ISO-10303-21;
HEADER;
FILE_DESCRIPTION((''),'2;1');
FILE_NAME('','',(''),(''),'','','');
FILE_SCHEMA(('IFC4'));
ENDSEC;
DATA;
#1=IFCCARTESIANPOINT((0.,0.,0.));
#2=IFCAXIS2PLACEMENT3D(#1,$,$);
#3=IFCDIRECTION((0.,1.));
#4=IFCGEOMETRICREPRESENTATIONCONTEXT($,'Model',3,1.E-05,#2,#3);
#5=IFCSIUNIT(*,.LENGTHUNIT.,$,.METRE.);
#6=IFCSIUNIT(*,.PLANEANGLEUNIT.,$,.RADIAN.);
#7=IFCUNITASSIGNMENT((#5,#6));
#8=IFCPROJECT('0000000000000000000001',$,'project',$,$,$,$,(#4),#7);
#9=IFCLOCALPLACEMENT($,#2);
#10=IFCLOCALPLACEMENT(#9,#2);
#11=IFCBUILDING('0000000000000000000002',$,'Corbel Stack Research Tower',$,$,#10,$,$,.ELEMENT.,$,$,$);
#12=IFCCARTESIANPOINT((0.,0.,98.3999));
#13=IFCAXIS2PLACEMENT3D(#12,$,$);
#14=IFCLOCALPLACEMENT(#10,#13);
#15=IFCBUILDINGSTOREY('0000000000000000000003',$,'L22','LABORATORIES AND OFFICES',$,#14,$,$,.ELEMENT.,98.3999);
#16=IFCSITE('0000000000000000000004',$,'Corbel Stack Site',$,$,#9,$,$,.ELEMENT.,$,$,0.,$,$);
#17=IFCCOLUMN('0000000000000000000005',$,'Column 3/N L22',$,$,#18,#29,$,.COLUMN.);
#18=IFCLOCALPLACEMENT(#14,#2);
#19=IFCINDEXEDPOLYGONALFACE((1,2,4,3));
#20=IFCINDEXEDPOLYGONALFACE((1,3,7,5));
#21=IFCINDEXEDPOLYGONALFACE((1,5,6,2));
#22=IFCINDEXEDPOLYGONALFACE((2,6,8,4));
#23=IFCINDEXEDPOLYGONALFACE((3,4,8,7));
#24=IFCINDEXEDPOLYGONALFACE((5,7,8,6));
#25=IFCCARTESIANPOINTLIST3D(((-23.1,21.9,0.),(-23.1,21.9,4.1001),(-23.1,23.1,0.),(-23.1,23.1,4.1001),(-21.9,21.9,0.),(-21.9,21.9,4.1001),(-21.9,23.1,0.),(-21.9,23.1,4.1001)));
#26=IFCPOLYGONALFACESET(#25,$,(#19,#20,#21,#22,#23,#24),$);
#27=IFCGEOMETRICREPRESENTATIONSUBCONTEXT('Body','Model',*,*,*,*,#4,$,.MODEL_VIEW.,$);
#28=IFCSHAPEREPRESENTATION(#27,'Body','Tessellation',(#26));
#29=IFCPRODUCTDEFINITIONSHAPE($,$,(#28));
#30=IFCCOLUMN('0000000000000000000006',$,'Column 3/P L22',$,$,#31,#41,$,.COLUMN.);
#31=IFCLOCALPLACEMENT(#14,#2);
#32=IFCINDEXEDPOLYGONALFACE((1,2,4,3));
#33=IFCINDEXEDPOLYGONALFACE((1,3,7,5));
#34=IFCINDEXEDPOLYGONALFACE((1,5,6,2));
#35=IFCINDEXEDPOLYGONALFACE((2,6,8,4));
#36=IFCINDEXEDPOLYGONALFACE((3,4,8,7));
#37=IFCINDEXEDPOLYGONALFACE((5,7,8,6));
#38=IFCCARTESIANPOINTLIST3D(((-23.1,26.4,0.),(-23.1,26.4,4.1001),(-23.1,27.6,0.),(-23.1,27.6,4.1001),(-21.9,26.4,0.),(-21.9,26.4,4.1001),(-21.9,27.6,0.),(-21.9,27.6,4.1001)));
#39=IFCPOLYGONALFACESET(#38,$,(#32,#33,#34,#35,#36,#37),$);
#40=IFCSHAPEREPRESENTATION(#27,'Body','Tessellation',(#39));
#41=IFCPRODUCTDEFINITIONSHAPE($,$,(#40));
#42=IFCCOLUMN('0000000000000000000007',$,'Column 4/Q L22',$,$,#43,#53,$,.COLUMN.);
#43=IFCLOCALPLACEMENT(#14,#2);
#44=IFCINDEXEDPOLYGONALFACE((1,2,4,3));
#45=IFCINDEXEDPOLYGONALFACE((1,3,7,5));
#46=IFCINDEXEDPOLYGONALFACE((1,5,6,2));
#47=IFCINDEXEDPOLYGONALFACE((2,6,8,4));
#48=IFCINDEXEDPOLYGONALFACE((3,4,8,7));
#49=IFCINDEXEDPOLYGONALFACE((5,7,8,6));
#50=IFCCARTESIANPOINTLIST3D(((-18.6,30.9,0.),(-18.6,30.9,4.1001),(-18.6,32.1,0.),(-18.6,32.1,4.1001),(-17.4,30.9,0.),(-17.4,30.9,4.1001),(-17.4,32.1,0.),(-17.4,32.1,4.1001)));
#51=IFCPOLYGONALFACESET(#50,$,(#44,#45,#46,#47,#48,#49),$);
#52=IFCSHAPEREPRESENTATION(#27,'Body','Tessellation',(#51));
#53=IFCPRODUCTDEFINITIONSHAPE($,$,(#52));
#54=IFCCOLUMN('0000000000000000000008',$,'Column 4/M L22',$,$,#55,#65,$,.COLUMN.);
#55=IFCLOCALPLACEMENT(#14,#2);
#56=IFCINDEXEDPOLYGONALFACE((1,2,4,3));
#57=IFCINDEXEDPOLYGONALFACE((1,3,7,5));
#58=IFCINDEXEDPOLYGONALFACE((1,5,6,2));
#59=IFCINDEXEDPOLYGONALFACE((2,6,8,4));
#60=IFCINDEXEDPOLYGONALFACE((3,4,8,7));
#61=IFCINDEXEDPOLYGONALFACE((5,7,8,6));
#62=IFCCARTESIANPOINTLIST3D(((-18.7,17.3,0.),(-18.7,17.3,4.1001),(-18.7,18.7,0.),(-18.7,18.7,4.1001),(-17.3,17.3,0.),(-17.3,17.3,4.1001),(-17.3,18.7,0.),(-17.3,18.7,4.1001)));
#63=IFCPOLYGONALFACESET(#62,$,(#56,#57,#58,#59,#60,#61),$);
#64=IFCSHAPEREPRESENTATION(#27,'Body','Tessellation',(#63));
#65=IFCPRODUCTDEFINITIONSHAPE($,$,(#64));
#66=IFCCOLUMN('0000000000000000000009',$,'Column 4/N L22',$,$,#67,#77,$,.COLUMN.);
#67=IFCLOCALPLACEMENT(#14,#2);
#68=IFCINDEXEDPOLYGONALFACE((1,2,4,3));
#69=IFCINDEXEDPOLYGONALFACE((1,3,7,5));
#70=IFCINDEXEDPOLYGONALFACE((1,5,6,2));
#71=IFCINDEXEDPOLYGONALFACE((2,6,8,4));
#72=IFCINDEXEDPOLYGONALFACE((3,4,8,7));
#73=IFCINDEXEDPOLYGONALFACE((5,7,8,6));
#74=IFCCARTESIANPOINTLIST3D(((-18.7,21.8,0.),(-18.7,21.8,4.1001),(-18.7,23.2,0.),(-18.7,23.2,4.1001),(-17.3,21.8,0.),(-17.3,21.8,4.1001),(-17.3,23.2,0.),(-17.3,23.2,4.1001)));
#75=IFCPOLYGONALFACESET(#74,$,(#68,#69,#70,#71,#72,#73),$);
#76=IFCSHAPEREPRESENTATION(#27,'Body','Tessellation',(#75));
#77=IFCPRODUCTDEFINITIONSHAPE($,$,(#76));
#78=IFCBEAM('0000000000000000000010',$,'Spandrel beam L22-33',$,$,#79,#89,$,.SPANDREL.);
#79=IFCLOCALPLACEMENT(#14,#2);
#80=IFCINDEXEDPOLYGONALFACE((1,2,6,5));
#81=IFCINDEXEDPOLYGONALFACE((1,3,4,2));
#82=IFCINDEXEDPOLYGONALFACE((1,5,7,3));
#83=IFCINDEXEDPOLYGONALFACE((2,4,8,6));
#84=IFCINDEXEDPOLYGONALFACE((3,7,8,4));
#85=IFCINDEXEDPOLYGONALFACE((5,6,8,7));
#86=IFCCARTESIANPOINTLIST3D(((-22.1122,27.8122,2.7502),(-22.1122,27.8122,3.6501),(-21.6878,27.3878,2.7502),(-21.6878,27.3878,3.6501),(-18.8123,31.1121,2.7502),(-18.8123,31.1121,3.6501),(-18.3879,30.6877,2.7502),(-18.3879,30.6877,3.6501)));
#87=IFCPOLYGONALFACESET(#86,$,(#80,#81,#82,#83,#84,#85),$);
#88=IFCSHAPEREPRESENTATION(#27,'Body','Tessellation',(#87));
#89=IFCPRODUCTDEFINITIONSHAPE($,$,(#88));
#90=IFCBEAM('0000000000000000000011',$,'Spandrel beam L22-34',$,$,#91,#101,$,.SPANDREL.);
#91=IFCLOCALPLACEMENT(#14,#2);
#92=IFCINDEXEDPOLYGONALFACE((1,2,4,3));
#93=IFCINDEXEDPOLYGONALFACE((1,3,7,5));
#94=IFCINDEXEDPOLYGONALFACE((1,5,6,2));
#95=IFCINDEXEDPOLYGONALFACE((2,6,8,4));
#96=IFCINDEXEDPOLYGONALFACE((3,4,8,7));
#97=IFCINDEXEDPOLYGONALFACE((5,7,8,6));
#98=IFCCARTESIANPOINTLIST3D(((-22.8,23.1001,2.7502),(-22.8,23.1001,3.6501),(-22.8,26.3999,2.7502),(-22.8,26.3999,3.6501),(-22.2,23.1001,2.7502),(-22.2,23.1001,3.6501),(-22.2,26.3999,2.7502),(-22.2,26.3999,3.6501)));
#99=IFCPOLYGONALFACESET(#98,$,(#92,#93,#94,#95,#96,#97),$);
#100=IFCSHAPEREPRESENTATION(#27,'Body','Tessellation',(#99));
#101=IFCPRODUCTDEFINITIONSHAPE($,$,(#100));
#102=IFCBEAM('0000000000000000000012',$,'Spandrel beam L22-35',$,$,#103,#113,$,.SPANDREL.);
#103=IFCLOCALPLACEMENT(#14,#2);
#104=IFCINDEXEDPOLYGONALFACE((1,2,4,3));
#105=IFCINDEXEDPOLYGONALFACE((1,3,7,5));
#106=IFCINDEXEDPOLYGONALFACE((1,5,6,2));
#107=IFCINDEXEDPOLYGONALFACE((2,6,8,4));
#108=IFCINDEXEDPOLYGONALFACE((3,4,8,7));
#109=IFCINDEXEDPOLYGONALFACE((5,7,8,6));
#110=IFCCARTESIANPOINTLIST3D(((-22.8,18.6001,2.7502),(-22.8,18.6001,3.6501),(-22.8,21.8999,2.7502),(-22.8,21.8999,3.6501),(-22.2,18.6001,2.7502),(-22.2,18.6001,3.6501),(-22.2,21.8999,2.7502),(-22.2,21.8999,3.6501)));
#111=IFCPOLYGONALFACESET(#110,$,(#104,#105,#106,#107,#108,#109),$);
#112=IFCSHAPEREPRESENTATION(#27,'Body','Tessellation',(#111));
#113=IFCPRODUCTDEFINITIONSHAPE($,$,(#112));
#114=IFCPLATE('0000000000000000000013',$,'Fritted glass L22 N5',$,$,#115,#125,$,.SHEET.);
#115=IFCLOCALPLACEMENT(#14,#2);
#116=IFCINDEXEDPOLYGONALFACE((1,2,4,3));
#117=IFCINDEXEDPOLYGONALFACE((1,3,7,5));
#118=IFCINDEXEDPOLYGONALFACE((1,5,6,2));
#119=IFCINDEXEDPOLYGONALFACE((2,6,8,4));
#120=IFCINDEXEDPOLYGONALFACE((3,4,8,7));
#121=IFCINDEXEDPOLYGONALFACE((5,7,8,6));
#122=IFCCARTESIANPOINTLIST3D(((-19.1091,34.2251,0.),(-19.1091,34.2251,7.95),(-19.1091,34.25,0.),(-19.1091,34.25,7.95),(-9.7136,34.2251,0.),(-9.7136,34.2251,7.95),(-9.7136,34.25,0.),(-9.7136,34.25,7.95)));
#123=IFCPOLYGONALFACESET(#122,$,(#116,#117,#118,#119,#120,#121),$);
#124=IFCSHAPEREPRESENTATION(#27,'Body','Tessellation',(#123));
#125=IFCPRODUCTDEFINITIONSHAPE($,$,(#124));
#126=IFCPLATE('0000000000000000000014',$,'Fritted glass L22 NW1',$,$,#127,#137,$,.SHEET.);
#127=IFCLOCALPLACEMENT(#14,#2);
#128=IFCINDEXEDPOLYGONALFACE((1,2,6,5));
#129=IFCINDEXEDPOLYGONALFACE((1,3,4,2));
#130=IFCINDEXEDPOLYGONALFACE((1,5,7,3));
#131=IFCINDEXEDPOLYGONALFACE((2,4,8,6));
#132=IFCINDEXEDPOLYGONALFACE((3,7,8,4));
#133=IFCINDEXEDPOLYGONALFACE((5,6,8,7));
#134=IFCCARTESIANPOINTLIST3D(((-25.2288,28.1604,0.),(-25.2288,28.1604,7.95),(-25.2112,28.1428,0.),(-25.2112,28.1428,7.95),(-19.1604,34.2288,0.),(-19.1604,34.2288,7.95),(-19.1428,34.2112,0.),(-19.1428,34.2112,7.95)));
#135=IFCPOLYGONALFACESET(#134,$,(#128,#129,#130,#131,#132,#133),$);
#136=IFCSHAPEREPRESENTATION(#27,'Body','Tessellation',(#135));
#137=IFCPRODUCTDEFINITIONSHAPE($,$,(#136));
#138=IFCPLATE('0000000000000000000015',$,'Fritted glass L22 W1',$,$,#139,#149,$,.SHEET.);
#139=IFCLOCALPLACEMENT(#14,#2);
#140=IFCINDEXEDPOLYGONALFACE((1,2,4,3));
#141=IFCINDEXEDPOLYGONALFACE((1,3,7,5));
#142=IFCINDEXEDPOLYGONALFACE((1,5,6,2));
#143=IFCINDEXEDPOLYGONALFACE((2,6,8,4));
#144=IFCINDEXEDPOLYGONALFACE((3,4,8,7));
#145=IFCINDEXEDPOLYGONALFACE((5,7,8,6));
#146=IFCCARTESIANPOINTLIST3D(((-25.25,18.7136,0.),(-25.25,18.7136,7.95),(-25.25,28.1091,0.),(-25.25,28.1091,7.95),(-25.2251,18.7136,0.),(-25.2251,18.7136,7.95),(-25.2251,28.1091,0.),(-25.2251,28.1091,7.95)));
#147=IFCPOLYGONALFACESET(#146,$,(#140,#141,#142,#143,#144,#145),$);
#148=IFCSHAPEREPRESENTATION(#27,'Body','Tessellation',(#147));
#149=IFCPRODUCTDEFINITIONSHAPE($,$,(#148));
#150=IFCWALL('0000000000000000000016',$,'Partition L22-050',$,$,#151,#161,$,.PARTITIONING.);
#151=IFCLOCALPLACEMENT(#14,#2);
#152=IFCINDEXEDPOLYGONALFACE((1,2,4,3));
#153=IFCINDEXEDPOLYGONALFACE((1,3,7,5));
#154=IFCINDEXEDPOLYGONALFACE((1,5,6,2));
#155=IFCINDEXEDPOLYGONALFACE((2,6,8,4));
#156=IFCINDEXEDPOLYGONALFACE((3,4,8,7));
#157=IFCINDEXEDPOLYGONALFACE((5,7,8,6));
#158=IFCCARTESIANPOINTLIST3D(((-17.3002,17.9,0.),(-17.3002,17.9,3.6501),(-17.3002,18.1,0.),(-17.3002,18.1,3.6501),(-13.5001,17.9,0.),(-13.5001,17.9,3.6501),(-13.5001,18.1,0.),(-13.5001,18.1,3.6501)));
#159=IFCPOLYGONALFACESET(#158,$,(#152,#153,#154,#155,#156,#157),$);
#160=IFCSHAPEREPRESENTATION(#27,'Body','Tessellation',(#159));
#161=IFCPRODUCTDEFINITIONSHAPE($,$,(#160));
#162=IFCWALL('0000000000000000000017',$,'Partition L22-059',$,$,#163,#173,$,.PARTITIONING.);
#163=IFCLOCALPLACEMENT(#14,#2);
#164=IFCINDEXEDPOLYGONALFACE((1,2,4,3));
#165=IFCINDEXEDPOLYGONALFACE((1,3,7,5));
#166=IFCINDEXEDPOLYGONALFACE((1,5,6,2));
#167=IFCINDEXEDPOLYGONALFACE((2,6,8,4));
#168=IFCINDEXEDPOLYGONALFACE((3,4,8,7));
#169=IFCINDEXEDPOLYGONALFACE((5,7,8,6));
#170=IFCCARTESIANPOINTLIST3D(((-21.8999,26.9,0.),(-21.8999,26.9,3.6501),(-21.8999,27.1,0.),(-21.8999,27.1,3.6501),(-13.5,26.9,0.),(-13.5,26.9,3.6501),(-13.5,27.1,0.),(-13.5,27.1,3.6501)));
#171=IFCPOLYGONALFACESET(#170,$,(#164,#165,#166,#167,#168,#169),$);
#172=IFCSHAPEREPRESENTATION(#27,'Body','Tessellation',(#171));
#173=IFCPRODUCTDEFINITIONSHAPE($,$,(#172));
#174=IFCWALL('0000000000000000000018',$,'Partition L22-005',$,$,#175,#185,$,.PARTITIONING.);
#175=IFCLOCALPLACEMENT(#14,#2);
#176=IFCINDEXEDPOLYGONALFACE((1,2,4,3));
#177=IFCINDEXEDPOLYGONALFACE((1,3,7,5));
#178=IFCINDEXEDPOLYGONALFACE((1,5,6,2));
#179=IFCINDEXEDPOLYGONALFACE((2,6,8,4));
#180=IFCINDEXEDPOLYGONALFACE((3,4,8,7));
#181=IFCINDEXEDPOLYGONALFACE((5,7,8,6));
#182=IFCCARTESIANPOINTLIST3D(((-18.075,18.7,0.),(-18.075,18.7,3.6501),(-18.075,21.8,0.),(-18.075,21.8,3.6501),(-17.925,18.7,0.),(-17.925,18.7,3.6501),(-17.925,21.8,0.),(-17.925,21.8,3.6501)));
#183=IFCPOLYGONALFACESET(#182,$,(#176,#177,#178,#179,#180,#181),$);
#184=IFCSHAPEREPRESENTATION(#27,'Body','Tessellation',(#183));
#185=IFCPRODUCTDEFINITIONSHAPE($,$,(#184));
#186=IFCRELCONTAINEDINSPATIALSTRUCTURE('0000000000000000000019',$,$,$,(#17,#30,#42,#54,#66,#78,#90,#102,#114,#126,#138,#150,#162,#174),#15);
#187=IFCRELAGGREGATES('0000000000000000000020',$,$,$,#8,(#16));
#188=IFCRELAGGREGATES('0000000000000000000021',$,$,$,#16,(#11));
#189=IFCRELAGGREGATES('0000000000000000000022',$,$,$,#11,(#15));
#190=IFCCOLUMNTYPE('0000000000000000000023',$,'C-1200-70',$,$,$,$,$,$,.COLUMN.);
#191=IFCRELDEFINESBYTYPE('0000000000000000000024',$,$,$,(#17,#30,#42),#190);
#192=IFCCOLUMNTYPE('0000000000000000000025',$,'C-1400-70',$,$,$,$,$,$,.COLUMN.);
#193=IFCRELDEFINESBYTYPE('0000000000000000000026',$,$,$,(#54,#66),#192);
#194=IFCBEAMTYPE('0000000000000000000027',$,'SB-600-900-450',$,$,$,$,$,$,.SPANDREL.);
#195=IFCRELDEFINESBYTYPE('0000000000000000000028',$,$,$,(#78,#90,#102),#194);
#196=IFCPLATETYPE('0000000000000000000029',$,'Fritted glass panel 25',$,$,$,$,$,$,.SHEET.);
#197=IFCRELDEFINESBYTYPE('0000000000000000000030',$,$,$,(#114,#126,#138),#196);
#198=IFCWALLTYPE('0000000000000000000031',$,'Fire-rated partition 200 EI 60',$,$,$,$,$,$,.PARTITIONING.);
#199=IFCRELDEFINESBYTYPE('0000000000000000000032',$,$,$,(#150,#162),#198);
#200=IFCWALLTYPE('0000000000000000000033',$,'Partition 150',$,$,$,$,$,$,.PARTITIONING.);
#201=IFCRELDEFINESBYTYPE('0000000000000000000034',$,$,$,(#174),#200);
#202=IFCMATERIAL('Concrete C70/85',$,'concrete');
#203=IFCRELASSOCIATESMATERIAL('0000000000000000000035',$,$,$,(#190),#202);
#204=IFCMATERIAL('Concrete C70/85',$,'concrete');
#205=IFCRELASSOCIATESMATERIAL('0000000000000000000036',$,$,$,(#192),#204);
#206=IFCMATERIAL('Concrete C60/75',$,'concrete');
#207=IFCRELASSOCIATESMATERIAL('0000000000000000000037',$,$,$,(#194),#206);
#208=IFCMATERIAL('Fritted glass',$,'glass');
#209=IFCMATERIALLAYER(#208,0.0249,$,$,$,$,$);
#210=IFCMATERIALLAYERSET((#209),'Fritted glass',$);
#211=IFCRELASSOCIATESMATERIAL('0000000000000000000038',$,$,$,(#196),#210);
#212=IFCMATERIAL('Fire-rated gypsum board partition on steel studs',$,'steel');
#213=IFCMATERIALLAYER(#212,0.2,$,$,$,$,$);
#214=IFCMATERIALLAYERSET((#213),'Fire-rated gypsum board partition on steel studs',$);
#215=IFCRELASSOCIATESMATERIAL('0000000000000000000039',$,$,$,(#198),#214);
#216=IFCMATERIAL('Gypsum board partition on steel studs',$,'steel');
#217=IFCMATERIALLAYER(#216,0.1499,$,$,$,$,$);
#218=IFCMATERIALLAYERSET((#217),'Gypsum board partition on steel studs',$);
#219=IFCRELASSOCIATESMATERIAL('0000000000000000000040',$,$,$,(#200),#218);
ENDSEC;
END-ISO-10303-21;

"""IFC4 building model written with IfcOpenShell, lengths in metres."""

from ifc_helpers import new_model, si_unit, direction, frame, frame_2d, origin, origin_2d, place, context, subcontext, project, spatial, rectangle, extrude, material, layer, layer_set, material_profile, profile_set, type_object, element, save


model = new_model("IFC4")

# Units and contexts
model_context = context("Model", 3, precision=1e-05, world=origin(), true_north=direction((0.0, 1.0)))
body_context = subcontext(model_context, "Body", "Model", "MODEL_VIEW")
ifc_project = project(units=[si_unit("LENGTHUNIT", "METRE"), si_unit("PLANEANGLEUNIT", "RADIAN")], contexts=[model_context])

# Site, building, storey
site_placement = place(None, origin())
site = spatial("IfcSite", under=ifc_project, at=site_placement, Name="Corbel Stack Site", CompositionType="ELEMENT", RefElevation=0.0)
building_placement = place(site_placement, origin())
building = spatial("IfcBuilding", under=site, at=building_placement, Name="Corbel Stack Research Tower", CompositionType="ELEMENT")
storey_placement = place(building_placement, frame((0.0, 0.0, 98.3999)))
storey = spatial("IfcBuildingStorey", under=building, at=storey_placement, Name="L22", Description="LABORATORIES AND OFFICES", CompositionType="ELEMENT", Elevation=98.3999)

# Columns
ifc_material_1 = material(Name="Concrete C70/85", Category="concrete")
ifc_material_profile_1 = material_profile(ifc_material_1, rectangle(XDim=1.2, YDim=1.2, at=origin_2d()), Name="RC 1200 x 1200")
ifc_profile_set_1 = profile_set([ifc_material_profile_1], Name="Concrete C70/85")
column_type_1 = type_object("IfcColumnType", Name="C-1200-70", PredefinedType="COLUMN", material=ifc_profile_set_1)
for number, where, z_axis, x_axis, name in (
    (1, (-22.5, 22.5, 0.0), (0.0, 0.0, 1.0), (1.0, 0.0, 0.0), "Column 3/N L22"),
    (2, (-22.5, 27.0, 0.0), (0.0, 0.0, 1.0), (1.0, 0.0, 0.0), "Column 3/P L22"),
    (3, (-18.0, 31.5, 0.0), (0.0, 0.0, 1.0), (1.0, 0.0, 0.0), "Column 4/Q L22"),
):
    element("IfcColumn", number, at=place(storey_placement, frame(where, z_axis=z_axis, x_axis=x_axis)), inside=storey, type_object=column_type_1, Name=name, PredefinedType="COLUMN", context=body_context, shape_type="SweptSolid", body=[
        extrude(rectangle(XDim=1.2, YDim=1.2, at=origin_2d()), origin(), (0.0, 0.0, 1.0), 4.1001),
    ])
ifc_material_2 = material(Name="Concrete C70/85", Category="concrete")
ifc_material_profile_2 = material_profile(ifc_material_2, rectangle(XDim=1.3999, YDim=1.3999, at=origin_2d()), Name="RC 1400 x 1400")
ifc_profile_set_2 = profile_set([ifc_material_profile_2], Name="Concrete C70/85")
column_type_2 = type_object("IfcColumnType", Name="C-1400-70", PredefinedType="COLUMN", material=ifc_profile_set_2)
for number, where, z_axis, x_axis, name in (
    (4, (-18.0, 18.0, 0.0), (0.0, 0.0, 1.0), (1.0, 0.0, 0.0), "Column 4/M L22"),
    (5, (-18.0, 22.5, 0.0), (0.0, 0.0, 1.0), (1.0, 0.0, 0.0), "Column 4/N L22"),
):
    element("IfcColumn", number, at=place(storey_placement, frame(where, z_axis=z_axis, x_axis=x_axis)), inside=storey, type_object=column_type_2, Name=name, PredefinedType="COLUMN", context=body_context, shape_type="SweptSolid", body=[
        extrude(rectangle(XDim=1.3999, YDim=1.3999, at=origin_2d()), origin(), (0.0, 0.0, 1.0), 4.1001),
    ])

# Beams
ifc_material_3 = material(Name="Concrete C60/75", Category="concrete")
ifc_material_profile_3 = material_profile(ifc_material_3, rectangle(XDim=0.6001, YDim=0.8999, at=origin_2d()), Name="RC 600 x 900")
ifc_profile_set_3 = profile_set([ifc_material_profile_3], Name="Concrete C60/75")
beam_type = type_object("IfcBeamType", Name="SB-600-900-450", PredefinedType="SPANDREL", material=ifc_profile_set_3)
beam_placement = place(storey_placement, frame((-18.6001, 30.8999, 3.2002), z_axis=(-0.707107, -0.707107, 0.0), x_axis=(0.707107, -0.707107, 0.0)))
element("IfcBeam", 6, at=beam_placement, inside=storey, type_object=beam_type, Name="Spandrel beam L22-33", PredefinedType="SPANDREL", context=body_context, shape_type="SweptSolid", body=[
    extrude(rectangle(XDim=0.6001, YDim=0.8999, at=origin_2d()), origin(), (0.0, 0.0, 1.0), 4.6667),
])
for number, where, z_axis, x_axis, name in (
    (7, (-22.5, 26.3999, 3.2002), (0.0, -1.0, 0.0), (1.0, 0.0, 0.0), "Spandrel beam L22-34"),
    (8, (-22.5, 21.8999, 3.2002), (0.0, -1.0, 0.0), (1.0, 0.0, 0.0), "Spandrel beam L22-35"),
):
    element("IfcBeam", number, at=place(storey_placement, frame(where, z_axis=z_axis, x_axis=x_axis)), inside=storey, type_object=beam_type, Name=name, PredefinedType="SPANDREL", context=body_context, shape_type="SweptSolid", body=[
        extrude(rectangle(XDim=0.6001, YDim=0.8999, at=origin_2d()), origin(), (0.0, 0.0, 1.0), 3.2998),
    ])

# Plates
ifc_material_4 = material(Name="Fritted glass", Category="glass")
ifc_layer_1 = layer(ifc_material_4, 0.0249)
ifc_layer_set_1 = layer_set([ifc_layer_1], Name="Fritted glass")
plate_type = type_object("IfcPlateType", Name="Fritted glass panel 25", PredefinedType="SHEET", material=ifc_layer_set_1)
plate_1_placement = place(storey_placement, frame((-14.4114, 34.2375, 0.0), z_axis=(0.0, 0.0, 1.0), x_axis=(-1.0, 0.0, 0.0)))
element("IfcPlate", 9, at=plate_1_placement, inside=storey, type_object=plate_type, Name="Fritted glass L22 N5", PredefinedType="SHEET", context=body_context, shape_type="SweptSolid", body=[
    extrude(rectangle(XDim=9.3955, YDim=0.0249, at=origin_2d()), origin(), (0.0, 0.0, 1.0), 7.95),
])
plate_2_placement = place(storey_placement, frame((-22.1858, 31.1858, 0.0), z_axis=(0.0, 0.0, 1.0), x_axis=(-0.707107, -0.707107, 0.0)))
element("IfcPlate", 10, at=plate_2_placement, inside=storey, type_object=plate_type, Name="Fritted glass L22 NW1", PredefinedType="SHEET", context=body_context, shape_type="SweptSolid", body=[
    extrude(rectangle(XDim=8.582, YDim=0.0249, at=origin_2d()), origin(), (0.0, 0.0, 1.0), 7.95),
])
plate_3_placement = place(storey_placement, frame((-25.2375, 23.4114, 0.0), z_axis=(0.0, 0.0, 1.0), x_axis=(0.0, -1.0, 0.0)))
element("IfcPlate", 11, at=plate_3_placement, inside=storey, type_object=plate_type, Name="Fritted glass L22 W1", PredefinedType="SHEET", context=body_context, shape_type="SweptSolid", body=[
    extrude(rectangle(XDim=9.3955, YDim=0.0249, at=origin_2d()), origin(), (0.0, 0.0, 1.0), 7.95),
])

# Walls
ifc_material_5 = material(Name="Fire-rated gypsum board partition on steel studs", Category="steel")
ifc_layer_2 = layer(ifc_material_5, 0.2)
ifc_layer_set_2 = layer_set([ifc_layer_2], Name="Fire-rated gypsum board partition on steel studs")
wall_type_1 = type_object("IfcWallType", Name="Fire-rated partition 200 EI 60", PredefinedType="PARTITIONING", material=ifc_layer_set_2)
wall_1_placement = place(storey_placement, frame((-17.3, 18.0, 0.0), z_axis=(0.0, 0.0, 1.0), x_axis=(1.0, 0.0, 0.0)))
element("IfcWall", 12, at=wall_1_placement, inside=storey, type_object=wall_type_1, Name="Partition L22-050", PredefinedType="PARTITIONING", context=body_context, shape_type="SweptSolid", body=[
    extrude(rectangle(XDim=3.8, YDim=0.2, at=frame_2d((1.8999, 0.0))), origin(), (0.0, 0.0, 1.0), 3.6501),
])
wall_2_placement = place(storey_placement, frame((-21.8999, 27.0, 0.0), z_axis=(0.0, 0.0, 1.0), x_axis=(1.0, 0.0, 0.0)))
element("IfcWall", 13, at=wall_2_placement, inside=storey, type_object=wall_type_1, Name="Partition L22-059", PredefinedType="PARTITIONING", context=body_context, shape_type="SweptSolid", body=[
    extrude(rectangle(XDim=8.3999, YDim=0.2, at=frame_2d((4.2, 0.0))), origin(), (0.0, 0.0, 1.0), 3.6501),
])
ifc_material_6 = material(Name="Gypsum board partition on steel studs", Category="steel")
ifc_layer_3 = layer(ifc_material_6, 0.1499)
ifc_layer_set_3 = layer_set([ifc_layer_3], Name="Gypsum board partition on steel studs")
wall_type_2 = type_object("IfcWallType", Name="Partition 150", PredefinedType="PARTITIONING", material=ifc_layer_set_3)
wall_3_placement = place(storey_placement, frame((-18.0, 18.7, 0.0), z_axis=(0.0, 0.0, 1.0), x_axis=(0.0, 1.0, 0.0)))
element("IfcWall", 14, at=wall_3_placement, inside=storey, type_object=wall_type_2, Name="Partition L22-005", PredefinedType="PARTITIONING", context=body_context, shape_type="SweptSolid", body=[
    extrude(rectangle(XDim=3.1001, YDim=0.1499, at=frame_2d((1.55, 0.0))), origin(), (0.0, 0.0, 1.0), 3.6501),
])

save(model, "model.ifc")
